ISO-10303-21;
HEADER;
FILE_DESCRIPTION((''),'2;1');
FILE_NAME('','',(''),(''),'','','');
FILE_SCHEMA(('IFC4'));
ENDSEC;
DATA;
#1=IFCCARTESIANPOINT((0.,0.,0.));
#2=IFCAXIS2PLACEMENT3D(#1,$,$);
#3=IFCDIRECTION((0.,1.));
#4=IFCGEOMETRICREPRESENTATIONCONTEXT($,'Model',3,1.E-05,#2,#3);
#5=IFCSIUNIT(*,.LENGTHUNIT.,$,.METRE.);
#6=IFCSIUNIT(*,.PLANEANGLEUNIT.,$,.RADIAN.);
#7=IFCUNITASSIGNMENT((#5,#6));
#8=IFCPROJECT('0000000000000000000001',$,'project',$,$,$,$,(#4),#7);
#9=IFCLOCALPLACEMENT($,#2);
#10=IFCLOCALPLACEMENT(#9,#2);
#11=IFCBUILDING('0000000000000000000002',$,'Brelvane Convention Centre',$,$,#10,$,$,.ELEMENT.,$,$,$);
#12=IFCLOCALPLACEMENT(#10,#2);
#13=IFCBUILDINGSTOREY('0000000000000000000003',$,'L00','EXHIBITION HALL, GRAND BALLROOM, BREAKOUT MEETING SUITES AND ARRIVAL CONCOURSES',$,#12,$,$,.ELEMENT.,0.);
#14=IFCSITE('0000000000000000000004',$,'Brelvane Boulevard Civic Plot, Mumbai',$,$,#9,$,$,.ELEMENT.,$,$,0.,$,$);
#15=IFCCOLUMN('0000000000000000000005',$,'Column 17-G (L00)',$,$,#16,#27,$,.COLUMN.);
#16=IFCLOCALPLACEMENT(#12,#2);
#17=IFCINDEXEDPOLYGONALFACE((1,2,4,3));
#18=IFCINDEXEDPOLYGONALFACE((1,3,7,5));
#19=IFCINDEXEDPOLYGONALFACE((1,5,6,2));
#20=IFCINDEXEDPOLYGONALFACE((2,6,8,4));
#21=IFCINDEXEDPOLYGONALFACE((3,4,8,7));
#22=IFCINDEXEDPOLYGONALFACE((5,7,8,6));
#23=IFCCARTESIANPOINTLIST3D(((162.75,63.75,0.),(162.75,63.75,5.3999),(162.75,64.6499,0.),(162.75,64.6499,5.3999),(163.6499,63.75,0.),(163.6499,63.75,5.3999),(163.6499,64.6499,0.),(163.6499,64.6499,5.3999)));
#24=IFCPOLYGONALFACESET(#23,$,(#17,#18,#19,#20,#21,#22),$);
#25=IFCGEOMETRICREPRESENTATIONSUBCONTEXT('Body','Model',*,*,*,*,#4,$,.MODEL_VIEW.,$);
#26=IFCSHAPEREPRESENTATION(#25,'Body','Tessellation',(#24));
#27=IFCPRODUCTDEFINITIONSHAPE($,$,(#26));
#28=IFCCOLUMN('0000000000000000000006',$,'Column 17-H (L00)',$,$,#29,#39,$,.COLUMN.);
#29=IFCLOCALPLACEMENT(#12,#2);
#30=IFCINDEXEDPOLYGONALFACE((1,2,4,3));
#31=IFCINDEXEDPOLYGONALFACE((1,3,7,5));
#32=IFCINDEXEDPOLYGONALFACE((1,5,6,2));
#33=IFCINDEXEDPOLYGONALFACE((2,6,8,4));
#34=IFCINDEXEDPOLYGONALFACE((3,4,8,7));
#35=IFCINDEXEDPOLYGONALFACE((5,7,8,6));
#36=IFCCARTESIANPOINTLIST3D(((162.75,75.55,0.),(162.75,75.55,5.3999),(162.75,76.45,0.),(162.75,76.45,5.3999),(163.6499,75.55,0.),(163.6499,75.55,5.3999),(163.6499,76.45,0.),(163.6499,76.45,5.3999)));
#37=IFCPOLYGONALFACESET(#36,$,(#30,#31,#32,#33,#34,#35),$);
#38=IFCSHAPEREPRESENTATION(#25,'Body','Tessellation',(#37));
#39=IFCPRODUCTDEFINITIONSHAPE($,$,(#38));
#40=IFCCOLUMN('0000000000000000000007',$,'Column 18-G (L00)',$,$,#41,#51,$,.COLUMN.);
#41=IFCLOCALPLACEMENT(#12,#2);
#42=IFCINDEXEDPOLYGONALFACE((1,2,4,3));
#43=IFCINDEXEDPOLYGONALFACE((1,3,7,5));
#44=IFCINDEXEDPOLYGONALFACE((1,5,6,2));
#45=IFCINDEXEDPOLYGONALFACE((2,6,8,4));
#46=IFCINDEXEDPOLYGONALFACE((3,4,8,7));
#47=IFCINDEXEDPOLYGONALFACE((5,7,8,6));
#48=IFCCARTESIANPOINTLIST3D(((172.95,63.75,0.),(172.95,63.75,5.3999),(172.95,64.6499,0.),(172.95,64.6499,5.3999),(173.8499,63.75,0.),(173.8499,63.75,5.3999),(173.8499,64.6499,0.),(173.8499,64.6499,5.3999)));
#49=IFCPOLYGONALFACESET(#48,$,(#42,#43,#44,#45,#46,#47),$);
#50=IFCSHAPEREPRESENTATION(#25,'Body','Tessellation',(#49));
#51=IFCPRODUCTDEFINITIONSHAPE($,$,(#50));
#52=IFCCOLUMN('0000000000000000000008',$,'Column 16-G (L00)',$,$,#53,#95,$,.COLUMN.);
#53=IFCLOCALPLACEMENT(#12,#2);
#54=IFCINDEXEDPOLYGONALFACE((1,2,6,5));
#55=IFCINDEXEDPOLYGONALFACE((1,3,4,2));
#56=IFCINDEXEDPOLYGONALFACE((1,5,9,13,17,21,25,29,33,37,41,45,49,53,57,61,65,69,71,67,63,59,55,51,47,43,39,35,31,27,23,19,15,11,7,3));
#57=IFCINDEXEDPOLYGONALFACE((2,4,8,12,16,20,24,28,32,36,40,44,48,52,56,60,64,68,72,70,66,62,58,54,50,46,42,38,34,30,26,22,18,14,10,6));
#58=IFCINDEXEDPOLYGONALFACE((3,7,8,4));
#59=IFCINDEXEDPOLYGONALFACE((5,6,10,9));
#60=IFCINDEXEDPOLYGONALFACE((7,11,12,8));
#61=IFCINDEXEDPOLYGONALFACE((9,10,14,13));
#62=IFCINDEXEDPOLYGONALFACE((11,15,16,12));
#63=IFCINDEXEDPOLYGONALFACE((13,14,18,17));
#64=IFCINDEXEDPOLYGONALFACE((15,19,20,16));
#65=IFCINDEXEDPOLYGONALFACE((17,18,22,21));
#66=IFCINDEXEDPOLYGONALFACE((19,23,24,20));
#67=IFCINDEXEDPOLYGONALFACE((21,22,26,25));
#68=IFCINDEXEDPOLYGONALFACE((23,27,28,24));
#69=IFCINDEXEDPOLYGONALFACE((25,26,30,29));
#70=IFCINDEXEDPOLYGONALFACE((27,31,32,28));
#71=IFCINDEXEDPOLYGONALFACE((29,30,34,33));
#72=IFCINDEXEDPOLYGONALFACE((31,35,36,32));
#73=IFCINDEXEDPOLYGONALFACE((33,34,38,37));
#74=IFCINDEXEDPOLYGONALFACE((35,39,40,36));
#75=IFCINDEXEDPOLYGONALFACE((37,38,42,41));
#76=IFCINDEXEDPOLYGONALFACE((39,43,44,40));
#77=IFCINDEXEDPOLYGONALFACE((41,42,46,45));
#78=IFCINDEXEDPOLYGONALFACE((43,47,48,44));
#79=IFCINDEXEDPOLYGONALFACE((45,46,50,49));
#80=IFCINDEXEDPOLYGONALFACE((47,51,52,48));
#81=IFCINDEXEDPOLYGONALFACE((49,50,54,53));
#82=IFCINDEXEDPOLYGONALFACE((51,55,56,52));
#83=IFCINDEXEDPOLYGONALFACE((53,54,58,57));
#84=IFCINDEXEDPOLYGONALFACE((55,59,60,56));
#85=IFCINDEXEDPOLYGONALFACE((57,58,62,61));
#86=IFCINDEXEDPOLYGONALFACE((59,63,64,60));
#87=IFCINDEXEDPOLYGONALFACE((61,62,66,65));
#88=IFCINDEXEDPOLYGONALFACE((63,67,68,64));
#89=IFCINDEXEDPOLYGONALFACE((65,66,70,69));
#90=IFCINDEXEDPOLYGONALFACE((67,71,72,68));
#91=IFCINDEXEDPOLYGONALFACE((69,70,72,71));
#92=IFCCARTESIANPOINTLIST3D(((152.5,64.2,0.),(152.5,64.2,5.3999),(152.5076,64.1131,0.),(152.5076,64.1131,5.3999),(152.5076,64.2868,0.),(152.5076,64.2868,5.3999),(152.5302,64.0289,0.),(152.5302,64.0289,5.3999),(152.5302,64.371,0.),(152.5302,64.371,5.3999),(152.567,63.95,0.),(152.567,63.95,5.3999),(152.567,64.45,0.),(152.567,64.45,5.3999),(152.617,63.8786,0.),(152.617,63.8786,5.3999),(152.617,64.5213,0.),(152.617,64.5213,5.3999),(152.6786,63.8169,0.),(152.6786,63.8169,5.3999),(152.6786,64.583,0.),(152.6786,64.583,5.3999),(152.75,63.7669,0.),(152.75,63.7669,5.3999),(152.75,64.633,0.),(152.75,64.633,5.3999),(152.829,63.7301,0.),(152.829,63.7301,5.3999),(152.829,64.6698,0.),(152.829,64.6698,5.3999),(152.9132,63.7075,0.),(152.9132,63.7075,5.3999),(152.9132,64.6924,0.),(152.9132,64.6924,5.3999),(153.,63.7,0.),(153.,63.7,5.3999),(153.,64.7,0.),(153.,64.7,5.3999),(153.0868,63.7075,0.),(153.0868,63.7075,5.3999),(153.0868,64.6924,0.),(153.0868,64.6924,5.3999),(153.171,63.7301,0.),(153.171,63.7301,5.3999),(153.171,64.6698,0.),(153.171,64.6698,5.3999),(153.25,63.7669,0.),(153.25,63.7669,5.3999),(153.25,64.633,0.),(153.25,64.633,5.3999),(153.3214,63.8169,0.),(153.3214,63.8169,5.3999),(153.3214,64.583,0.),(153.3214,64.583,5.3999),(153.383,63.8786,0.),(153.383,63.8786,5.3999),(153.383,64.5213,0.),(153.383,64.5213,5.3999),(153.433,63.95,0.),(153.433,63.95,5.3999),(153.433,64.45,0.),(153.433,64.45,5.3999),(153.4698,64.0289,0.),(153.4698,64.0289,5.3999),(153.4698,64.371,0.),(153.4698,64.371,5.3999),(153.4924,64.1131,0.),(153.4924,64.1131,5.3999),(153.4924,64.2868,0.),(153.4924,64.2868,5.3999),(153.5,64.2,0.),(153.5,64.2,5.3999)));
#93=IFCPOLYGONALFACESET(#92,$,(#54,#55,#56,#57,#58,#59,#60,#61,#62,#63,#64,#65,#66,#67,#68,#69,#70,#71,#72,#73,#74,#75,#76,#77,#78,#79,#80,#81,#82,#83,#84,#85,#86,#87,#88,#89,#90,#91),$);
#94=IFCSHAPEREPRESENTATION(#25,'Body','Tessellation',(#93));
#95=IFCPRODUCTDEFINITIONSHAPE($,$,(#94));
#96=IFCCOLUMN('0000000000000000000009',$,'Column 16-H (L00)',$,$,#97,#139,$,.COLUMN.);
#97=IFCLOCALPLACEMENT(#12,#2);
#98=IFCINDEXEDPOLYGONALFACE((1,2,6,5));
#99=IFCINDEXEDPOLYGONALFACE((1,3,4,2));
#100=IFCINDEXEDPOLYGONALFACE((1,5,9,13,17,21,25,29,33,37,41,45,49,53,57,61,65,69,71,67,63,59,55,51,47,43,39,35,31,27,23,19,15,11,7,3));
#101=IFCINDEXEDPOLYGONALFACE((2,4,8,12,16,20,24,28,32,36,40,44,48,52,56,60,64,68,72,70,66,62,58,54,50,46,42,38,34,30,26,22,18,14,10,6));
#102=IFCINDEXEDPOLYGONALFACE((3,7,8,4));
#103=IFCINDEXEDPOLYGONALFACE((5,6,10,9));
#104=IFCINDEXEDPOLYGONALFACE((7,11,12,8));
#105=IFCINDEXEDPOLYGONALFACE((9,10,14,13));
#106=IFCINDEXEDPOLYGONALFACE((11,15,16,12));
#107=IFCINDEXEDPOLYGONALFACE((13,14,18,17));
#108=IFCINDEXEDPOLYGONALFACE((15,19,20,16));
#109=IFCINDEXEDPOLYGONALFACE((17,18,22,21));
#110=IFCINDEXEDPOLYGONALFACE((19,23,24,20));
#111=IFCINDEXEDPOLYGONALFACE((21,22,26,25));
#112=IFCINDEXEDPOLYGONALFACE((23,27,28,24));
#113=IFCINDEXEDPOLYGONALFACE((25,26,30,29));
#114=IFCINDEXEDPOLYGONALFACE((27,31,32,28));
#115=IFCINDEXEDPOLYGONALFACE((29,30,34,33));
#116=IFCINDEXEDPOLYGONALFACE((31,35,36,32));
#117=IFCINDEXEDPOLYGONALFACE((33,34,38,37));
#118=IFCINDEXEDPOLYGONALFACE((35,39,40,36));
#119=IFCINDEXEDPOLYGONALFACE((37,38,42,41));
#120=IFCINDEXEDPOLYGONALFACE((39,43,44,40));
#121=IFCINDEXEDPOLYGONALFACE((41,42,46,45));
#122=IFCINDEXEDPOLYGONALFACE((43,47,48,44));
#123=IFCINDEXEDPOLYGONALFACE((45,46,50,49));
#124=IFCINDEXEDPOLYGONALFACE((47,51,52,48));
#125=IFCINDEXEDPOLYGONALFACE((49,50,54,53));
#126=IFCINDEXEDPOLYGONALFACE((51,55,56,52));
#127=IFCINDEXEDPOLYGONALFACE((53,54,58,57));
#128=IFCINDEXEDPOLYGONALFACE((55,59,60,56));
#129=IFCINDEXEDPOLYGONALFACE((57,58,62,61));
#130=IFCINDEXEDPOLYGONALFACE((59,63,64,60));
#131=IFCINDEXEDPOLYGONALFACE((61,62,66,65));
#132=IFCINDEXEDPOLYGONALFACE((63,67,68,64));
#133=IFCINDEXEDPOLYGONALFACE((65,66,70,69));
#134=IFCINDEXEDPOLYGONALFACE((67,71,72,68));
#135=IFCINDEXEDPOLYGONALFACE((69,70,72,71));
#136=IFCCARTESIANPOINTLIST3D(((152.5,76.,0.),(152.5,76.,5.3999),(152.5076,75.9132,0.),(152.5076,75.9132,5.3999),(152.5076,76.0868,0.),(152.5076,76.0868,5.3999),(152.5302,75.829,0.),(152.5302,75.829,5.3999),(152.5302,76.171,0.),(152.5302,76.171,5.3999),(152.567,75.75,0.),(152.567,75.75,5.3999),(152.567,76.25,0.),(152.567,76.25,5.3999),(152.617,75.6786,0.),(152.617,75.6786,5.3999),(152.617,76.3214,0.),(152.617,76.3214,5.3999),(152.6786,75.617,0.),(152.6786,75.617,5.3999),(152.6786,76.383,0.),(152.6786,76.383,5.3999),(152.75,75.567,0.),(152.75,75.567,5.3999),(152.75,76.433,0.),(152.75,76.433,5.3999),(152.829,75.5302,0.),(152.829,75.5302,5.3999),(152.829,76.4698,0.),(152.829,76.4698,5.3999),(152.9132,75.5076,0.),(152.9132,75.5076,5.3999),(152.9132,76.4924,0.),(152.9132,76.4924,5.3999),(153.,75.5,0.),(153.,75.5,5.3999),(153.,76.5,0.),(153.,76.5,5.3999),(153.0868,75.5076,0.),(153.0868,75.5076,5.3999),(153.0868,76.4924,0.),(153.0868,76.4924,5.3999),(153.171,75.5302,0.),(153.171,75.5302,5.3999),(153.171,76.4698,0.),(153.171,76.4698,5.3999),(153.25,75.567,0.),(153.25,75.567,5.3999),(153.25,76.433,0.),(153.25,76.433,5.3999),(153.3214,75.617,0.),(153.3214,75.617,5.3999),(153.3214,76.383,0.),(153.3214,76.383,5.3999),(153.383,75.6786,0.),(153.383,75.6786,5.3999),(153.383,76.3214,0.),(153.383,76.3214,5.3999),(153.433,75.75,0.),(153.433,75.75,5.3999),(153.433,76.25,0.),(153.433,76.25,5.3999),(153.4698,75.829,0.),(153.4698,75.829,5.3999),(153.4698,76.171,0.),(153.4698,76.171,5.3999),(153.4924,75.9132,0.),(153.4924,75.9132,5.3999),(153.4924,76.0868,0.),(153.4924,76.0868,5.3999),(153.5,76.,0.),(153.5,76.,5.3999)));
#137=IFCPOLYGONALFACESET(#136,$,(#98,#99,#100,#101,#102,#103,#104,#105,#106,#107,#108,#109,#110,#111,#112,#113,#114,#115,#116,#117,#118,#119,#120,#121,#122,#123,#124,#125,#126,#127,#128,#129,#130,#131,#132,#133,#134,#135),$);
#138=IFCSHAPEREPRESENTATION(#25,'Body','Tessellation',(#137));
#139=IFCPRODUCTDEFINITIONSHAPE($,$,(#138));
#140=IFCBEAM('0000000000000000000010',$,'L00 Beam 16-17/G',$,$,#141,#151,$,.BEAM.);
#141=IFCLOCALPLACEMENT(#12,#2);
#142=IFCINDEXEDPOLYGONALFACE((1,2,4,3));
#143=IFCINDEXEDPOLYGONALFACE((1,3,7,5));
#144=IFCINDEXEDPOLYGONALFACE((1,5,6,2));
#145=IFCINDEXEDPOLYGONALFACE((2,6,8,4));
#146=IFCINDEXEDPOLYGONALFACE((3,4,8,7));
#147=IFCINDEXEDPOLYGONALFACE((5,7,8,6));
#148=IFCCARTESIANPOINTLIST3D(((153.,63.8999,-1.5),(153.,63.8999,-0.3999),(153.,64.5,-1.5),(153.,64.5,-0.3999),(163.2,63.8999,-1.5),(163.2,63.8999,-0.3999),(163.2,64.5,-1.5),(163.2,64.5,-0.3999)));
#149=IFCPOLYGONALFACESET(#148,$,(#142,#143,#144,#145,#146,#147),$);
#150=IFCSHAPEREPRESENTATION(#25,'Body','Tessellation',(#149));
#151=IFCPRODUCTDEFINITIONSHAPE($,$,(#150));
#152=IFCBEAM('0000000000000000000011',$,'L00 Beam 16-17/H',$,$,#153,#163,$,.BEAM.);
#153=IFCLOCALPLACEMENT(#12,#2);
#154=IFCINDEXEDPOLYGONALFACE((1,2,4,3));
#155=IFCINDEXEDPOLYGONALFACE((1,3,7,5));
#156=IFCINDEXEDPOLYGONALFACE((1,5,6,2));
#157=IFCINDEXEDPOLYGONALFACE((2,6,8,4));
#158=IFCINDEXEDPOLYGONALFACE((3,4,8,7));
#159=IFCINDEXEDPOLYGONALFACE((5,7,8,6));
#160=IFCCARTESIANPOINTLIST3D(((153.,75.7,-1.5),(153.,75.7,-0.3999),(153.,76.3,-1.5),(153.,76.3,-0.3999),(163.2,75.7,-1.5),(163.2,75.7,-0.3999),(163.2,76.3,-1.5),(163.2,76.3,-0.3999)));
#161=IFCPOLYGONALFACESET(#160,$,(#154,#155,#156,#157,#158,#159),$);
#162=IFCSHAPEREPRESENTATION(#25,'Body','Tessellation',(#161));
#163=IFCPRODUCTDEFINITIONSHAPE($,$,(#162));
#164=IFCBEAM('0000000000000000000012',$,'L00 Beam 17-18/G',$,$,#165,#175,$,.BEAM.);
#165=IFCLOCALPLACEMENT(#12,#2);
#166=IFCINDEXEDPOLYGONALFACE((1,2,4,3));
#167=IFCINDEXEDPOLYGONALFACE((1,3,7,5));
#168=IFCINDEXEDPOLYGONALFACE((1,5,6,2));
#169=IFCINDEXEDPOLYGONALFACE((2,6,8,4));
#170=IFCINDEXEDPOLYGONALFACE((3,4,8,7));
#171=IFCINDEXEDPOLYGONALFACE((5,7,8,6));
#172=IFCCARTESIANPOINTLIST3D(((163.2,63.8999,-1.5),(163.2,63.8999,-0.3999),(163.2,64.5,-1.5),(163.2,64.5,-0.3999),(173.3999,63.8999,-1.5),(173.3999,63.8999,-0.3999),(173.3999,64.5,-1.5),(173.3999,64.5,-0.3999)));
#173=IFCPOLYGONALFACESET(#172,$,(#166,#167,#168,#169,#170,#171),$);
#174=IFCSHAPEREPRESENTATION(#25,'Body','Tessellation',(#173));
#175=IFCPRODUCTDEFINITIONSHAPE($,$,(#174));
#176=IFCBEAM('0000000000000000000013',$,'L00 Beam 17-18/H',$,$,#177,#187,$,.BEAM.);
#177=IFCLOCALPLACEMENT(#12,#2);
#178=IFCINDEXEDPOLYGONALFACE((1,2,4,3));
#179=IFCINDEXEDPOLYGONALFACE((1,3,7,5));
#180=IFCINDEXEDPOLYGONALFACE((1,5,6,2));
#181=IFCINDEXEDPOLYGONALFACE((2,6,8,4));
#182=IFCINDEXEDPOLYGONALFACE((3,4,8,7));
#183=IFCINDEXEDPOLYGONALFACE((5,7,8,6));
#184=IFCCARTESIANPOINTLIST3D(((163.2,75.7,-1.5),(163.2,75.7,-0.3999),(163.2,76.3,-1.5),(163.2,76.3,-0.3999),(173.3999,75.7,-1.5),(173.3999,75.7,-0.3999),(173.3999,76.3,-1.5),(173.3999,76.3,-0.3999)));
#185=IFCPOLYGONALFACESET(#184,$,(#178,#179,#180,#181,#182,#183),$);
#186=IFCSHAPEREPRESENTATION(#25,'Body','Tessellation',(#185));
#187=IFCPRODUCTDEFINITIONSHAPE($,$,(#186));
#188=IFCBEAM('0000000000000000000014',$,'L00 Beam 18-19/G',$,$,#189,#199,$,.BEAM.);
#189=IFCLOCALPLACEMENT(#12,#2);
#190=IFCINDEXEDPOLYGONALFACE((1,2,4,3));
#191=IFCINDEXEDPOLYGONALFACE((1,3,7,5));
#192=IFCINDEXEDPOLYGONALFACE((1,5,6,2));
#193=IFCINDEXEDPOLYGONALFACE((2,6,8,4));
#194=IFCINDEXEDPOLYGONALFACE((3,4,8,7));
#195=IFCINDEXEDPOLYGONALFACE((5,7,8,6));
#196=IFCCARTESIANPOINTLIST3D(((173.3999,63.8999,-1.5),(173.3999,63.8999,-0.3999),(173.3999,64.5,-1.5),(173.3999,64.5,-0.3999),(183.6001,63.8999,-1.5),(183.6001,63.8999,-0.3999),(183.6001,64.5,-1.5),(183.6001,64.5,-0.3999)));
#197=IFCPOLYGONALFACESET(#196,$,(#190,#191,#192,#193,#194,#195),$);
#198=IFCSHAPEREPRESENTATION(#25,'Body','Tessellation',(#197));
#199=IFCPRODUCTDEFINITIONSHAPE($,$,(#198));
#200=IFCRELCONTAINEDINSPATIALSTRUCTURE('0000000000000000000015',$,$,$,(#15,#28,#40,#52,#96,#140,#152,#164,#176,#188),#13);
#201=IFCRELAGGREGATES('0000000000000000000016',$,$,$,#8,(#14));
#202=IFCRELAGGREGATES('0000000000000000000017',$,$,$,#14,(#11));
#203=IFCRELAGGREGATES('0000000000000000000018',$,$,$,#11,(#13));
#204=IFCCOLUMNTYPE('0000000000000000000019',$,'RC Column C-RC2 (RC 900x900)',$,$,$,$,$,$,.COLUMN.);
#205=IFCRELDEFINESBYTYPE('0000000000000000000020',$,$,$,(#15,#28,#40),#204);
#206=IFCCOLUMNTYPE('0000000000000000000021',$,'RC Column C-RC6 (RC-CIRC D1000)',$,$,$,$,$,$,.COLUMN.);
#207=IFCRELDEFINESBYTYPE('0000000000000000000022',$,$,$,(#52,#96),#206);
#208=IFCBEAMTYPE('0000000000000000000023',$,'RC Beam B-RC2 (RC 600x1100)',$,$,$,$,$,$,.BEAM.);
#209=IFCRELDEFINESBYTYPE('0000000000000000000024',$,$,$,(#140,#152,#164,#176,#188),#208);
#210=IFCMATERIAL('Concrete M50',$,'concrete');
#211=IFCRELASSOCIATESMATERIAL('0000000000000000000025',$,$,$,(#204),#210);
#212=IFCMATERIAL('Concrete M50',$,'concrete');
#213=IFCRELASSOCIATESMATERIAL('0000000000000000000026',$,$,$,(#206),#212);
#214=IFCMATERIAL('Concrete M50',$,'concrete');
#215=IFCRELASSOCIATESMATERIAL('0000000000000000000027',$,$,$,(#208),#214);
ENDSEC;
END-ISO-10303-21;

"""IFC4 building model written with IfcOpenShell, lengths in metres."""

from ifc_helpers import new_model, si_unit, direction, frame, origin, origin_2d, place, context, subcontext, project, spatial, rectangle, circle, extrude, material, material_profile, profile_set, type_object, element, save


model = new_model("IFC4")

# Units and contexts
model_context = context("Model", 3, precision=1e-05, world=origin(), true_north=direction((0.0, 1.0)))
body_context = subcontext(model_context, "Body", "Model", "MODEL_VIEW")
ifc_project = project(units=[si_unit("LENGTHUNIT", "METRE"), si_unit("PLANEANGLEUNIT", "RADIAN")], contexts=[model_context])

# Site, building, storey
site_placement = place(None, origin())
site = spatial("IfcSite", under=ifc_project, at=site_placement, Name="Brelvane Boulevard Civic Plot, Mumbai", CompositionType="ELEMENT", RefElevation=0.0)
building_placement = place(site_placement, origin())
building = spatial("IfcBuilding", under=site, at=building_placement, Name="Brelvane Convention Centre", CompositionType="ELEMENT")
storey_placement = place(building_placement, origin())
storey = spatial("IfcBuildingStorey", under=building, at=storey_placement, Name="L00", Description="EXHIBITION HALL, GRAND BALLROOM, BREAKOUT MEETING SUITES AND ARRIVAL CONCOURSES", CompositionType="ELEMENT", Elevation=0.0)

# Columns
ifc_material_1 = material(Name="Concrete M50", Category="concrete")
ifc_material_profile_1 = material_profile(ifc_material_1, rectangle(XDim=0.8999, YDim=0.8999, at=origin_2d()), Name="RC 900x900")
ifc_profile_set_1 = profile_set([ifc_material_profile_1], Name="Concrete M50")
column_type_1 = type_object("IfcColumnType", Name="RC Column C-RC2 (RC 900x900)", PredefinedType="COLUMN", material=ifc_profile_set_1)
for number, where, z_axis, x_axis, name in (
    (1, (163.2, 64.2, 0.0), (0.0, 0.0, 1.0), (1.0, 0.0, 0.0), "Column 17-G (L00)"),
    (2, (163.2, 76.0, 0.0), (0.0, 0.0, 1.0), (1.0, 0.0, 0.0), "Column 17-H (L00)"),
    (3, (173.3999, 64.2, 0.0), (0.0, 0.0, 1.0), (1.0, 0.0, 0.0), "Column 18-G (L00)"),
):
    element("IfcColumn", number, at=place(storey_placement, frame(where, z_axis=z_axis, x_axis=x_axis)), inside=storey, type_object=column_type_1, Name=name, PredefinedType="COLUMN", context=body_context, shape_type="SweptSolid", body=[
        extrude(rectangle(XDim=0.8999, YDim=0.8999, at=origin_2d()), origin(), (0.0, 0.0, 1.0), 5.3999),
    ])
ifc_material_2 = material(Name="Concrete M50", Category="concrete")
ifc_material_profile_2 = material_profile(ifc_material_2, circle(Radius=0.5, at=origin_2d()), Name="RC-CIRC D1000")
ifc_profile_set_2 = profile_set([ifc_material_profile_2], Name="Concrete M50")
column_type_2 = type_object("IfcColumnType", Name="RC Column C-RC6 (RC-CIRC D1000)", PredefinedType="COLUMN", material=ifc_profile_set_2)
for number, where, z_axis, x_axis, name in (
    (4, (153.0, 64.2, 0.0), (0.0, 0.0, 1.0), (1.0, 0.0, 0.0), "Column 16-G (L00)"),
    (5, (153.0, 76.0, 0.0), (0.0, 0.0, 1.0), (1.0, 0.0, 0.0), "Column 16-H (L00)"),
):
    element("IfcColumn", number, at=place(storey_placement, frame(where, z_axis=z_axis, x_axis=x_axis)), inside=storey, type_object=column_type_2, Name=name, PredefinedType="COLUMN", context=body_context, shape_type="SweptSolid", body=[
        extrude(circle(Radius=0.5, at=origin_2d()), origin(), (0.0, 0.0, 1.0), 5.3999),
    ])

# Beams
ifc_material_3 = material(Name="Concrete M50", Category="concrete")
ifc_material_profile_3 = material_profile(ifc_material_3, rectangle(XDim=0.6001, YDim=1.1001, at=origin_2d()), Name="RC 600x1100")
ifc_profile_set_3 = profile_set([ifc_material_profile_3], Name="Concrete M50")
beam_type_1 = type_object("IfcBeamType", Name="RC Beam B-RC2 (RC 600x1100)", PredefinedType="BEAM", material=ifc_profile_set_3)
for number, where, z_axis, x_axis, name in (
    (6, (153.0, 64.2, -0.95), (1.0, 0.0, 0.0), (0.0, 1.0, 0.0), "L00 Beam 16-17/G"),
    (7, (153.0, 76.0, -0.95), (1.0, 0.0, 0.0), (0.0, 1.0, 0.0), "L00 Beam 16-17/H"),
    (8, (163.2, 64.2, -0.95), (1.0, 0.0, 0.0), (0.0, 1.0, 0.0), "L00 Beam 17-18/G"),
    (9, (163.2, 76.0, -0.95), (1.0, 0.0, 0.0), (0.0, 1.0, 0.0), "L00 Beam 17-18/H"),
):
    element("IfcBeam", number, at=place(storey_placement, frame(where, z_axis=z_axis, x_axis=x_axis)), inside=storey, type_object=beam_type_1, Name=name, PredefinedType="BEAM", context=body_context, shape_type="SweptSolid", body=[
        extrude(rectangle(XDim=0.6001, YDim=1.1001, at=origin_2d()), origin(), (0.0, 0.0, 1.0), 10.2),
    ])
beam_1_placement = place(storey_placement, frame((173.3999, 64.2, -0.95), z_axis=(1.0, 0.0, 0.0), x_axis=(0.0, 1.0, 0.0)))
element("IfcBeam", 10, at=beam_1_placement, inside=storey, type_object=beam_type_1, Name="L00 Beam 18-19/G", PredefinedType="BEAM", context=body_context, shape_type="SweptSolid", body=[
    extrude(rectangle(XDim=0.6001, YDim=1.1001, at=origin_2d()), origin(), (0.0, 0.0, 1.0), 10.2002),
])

save(model, "model.ifc")
